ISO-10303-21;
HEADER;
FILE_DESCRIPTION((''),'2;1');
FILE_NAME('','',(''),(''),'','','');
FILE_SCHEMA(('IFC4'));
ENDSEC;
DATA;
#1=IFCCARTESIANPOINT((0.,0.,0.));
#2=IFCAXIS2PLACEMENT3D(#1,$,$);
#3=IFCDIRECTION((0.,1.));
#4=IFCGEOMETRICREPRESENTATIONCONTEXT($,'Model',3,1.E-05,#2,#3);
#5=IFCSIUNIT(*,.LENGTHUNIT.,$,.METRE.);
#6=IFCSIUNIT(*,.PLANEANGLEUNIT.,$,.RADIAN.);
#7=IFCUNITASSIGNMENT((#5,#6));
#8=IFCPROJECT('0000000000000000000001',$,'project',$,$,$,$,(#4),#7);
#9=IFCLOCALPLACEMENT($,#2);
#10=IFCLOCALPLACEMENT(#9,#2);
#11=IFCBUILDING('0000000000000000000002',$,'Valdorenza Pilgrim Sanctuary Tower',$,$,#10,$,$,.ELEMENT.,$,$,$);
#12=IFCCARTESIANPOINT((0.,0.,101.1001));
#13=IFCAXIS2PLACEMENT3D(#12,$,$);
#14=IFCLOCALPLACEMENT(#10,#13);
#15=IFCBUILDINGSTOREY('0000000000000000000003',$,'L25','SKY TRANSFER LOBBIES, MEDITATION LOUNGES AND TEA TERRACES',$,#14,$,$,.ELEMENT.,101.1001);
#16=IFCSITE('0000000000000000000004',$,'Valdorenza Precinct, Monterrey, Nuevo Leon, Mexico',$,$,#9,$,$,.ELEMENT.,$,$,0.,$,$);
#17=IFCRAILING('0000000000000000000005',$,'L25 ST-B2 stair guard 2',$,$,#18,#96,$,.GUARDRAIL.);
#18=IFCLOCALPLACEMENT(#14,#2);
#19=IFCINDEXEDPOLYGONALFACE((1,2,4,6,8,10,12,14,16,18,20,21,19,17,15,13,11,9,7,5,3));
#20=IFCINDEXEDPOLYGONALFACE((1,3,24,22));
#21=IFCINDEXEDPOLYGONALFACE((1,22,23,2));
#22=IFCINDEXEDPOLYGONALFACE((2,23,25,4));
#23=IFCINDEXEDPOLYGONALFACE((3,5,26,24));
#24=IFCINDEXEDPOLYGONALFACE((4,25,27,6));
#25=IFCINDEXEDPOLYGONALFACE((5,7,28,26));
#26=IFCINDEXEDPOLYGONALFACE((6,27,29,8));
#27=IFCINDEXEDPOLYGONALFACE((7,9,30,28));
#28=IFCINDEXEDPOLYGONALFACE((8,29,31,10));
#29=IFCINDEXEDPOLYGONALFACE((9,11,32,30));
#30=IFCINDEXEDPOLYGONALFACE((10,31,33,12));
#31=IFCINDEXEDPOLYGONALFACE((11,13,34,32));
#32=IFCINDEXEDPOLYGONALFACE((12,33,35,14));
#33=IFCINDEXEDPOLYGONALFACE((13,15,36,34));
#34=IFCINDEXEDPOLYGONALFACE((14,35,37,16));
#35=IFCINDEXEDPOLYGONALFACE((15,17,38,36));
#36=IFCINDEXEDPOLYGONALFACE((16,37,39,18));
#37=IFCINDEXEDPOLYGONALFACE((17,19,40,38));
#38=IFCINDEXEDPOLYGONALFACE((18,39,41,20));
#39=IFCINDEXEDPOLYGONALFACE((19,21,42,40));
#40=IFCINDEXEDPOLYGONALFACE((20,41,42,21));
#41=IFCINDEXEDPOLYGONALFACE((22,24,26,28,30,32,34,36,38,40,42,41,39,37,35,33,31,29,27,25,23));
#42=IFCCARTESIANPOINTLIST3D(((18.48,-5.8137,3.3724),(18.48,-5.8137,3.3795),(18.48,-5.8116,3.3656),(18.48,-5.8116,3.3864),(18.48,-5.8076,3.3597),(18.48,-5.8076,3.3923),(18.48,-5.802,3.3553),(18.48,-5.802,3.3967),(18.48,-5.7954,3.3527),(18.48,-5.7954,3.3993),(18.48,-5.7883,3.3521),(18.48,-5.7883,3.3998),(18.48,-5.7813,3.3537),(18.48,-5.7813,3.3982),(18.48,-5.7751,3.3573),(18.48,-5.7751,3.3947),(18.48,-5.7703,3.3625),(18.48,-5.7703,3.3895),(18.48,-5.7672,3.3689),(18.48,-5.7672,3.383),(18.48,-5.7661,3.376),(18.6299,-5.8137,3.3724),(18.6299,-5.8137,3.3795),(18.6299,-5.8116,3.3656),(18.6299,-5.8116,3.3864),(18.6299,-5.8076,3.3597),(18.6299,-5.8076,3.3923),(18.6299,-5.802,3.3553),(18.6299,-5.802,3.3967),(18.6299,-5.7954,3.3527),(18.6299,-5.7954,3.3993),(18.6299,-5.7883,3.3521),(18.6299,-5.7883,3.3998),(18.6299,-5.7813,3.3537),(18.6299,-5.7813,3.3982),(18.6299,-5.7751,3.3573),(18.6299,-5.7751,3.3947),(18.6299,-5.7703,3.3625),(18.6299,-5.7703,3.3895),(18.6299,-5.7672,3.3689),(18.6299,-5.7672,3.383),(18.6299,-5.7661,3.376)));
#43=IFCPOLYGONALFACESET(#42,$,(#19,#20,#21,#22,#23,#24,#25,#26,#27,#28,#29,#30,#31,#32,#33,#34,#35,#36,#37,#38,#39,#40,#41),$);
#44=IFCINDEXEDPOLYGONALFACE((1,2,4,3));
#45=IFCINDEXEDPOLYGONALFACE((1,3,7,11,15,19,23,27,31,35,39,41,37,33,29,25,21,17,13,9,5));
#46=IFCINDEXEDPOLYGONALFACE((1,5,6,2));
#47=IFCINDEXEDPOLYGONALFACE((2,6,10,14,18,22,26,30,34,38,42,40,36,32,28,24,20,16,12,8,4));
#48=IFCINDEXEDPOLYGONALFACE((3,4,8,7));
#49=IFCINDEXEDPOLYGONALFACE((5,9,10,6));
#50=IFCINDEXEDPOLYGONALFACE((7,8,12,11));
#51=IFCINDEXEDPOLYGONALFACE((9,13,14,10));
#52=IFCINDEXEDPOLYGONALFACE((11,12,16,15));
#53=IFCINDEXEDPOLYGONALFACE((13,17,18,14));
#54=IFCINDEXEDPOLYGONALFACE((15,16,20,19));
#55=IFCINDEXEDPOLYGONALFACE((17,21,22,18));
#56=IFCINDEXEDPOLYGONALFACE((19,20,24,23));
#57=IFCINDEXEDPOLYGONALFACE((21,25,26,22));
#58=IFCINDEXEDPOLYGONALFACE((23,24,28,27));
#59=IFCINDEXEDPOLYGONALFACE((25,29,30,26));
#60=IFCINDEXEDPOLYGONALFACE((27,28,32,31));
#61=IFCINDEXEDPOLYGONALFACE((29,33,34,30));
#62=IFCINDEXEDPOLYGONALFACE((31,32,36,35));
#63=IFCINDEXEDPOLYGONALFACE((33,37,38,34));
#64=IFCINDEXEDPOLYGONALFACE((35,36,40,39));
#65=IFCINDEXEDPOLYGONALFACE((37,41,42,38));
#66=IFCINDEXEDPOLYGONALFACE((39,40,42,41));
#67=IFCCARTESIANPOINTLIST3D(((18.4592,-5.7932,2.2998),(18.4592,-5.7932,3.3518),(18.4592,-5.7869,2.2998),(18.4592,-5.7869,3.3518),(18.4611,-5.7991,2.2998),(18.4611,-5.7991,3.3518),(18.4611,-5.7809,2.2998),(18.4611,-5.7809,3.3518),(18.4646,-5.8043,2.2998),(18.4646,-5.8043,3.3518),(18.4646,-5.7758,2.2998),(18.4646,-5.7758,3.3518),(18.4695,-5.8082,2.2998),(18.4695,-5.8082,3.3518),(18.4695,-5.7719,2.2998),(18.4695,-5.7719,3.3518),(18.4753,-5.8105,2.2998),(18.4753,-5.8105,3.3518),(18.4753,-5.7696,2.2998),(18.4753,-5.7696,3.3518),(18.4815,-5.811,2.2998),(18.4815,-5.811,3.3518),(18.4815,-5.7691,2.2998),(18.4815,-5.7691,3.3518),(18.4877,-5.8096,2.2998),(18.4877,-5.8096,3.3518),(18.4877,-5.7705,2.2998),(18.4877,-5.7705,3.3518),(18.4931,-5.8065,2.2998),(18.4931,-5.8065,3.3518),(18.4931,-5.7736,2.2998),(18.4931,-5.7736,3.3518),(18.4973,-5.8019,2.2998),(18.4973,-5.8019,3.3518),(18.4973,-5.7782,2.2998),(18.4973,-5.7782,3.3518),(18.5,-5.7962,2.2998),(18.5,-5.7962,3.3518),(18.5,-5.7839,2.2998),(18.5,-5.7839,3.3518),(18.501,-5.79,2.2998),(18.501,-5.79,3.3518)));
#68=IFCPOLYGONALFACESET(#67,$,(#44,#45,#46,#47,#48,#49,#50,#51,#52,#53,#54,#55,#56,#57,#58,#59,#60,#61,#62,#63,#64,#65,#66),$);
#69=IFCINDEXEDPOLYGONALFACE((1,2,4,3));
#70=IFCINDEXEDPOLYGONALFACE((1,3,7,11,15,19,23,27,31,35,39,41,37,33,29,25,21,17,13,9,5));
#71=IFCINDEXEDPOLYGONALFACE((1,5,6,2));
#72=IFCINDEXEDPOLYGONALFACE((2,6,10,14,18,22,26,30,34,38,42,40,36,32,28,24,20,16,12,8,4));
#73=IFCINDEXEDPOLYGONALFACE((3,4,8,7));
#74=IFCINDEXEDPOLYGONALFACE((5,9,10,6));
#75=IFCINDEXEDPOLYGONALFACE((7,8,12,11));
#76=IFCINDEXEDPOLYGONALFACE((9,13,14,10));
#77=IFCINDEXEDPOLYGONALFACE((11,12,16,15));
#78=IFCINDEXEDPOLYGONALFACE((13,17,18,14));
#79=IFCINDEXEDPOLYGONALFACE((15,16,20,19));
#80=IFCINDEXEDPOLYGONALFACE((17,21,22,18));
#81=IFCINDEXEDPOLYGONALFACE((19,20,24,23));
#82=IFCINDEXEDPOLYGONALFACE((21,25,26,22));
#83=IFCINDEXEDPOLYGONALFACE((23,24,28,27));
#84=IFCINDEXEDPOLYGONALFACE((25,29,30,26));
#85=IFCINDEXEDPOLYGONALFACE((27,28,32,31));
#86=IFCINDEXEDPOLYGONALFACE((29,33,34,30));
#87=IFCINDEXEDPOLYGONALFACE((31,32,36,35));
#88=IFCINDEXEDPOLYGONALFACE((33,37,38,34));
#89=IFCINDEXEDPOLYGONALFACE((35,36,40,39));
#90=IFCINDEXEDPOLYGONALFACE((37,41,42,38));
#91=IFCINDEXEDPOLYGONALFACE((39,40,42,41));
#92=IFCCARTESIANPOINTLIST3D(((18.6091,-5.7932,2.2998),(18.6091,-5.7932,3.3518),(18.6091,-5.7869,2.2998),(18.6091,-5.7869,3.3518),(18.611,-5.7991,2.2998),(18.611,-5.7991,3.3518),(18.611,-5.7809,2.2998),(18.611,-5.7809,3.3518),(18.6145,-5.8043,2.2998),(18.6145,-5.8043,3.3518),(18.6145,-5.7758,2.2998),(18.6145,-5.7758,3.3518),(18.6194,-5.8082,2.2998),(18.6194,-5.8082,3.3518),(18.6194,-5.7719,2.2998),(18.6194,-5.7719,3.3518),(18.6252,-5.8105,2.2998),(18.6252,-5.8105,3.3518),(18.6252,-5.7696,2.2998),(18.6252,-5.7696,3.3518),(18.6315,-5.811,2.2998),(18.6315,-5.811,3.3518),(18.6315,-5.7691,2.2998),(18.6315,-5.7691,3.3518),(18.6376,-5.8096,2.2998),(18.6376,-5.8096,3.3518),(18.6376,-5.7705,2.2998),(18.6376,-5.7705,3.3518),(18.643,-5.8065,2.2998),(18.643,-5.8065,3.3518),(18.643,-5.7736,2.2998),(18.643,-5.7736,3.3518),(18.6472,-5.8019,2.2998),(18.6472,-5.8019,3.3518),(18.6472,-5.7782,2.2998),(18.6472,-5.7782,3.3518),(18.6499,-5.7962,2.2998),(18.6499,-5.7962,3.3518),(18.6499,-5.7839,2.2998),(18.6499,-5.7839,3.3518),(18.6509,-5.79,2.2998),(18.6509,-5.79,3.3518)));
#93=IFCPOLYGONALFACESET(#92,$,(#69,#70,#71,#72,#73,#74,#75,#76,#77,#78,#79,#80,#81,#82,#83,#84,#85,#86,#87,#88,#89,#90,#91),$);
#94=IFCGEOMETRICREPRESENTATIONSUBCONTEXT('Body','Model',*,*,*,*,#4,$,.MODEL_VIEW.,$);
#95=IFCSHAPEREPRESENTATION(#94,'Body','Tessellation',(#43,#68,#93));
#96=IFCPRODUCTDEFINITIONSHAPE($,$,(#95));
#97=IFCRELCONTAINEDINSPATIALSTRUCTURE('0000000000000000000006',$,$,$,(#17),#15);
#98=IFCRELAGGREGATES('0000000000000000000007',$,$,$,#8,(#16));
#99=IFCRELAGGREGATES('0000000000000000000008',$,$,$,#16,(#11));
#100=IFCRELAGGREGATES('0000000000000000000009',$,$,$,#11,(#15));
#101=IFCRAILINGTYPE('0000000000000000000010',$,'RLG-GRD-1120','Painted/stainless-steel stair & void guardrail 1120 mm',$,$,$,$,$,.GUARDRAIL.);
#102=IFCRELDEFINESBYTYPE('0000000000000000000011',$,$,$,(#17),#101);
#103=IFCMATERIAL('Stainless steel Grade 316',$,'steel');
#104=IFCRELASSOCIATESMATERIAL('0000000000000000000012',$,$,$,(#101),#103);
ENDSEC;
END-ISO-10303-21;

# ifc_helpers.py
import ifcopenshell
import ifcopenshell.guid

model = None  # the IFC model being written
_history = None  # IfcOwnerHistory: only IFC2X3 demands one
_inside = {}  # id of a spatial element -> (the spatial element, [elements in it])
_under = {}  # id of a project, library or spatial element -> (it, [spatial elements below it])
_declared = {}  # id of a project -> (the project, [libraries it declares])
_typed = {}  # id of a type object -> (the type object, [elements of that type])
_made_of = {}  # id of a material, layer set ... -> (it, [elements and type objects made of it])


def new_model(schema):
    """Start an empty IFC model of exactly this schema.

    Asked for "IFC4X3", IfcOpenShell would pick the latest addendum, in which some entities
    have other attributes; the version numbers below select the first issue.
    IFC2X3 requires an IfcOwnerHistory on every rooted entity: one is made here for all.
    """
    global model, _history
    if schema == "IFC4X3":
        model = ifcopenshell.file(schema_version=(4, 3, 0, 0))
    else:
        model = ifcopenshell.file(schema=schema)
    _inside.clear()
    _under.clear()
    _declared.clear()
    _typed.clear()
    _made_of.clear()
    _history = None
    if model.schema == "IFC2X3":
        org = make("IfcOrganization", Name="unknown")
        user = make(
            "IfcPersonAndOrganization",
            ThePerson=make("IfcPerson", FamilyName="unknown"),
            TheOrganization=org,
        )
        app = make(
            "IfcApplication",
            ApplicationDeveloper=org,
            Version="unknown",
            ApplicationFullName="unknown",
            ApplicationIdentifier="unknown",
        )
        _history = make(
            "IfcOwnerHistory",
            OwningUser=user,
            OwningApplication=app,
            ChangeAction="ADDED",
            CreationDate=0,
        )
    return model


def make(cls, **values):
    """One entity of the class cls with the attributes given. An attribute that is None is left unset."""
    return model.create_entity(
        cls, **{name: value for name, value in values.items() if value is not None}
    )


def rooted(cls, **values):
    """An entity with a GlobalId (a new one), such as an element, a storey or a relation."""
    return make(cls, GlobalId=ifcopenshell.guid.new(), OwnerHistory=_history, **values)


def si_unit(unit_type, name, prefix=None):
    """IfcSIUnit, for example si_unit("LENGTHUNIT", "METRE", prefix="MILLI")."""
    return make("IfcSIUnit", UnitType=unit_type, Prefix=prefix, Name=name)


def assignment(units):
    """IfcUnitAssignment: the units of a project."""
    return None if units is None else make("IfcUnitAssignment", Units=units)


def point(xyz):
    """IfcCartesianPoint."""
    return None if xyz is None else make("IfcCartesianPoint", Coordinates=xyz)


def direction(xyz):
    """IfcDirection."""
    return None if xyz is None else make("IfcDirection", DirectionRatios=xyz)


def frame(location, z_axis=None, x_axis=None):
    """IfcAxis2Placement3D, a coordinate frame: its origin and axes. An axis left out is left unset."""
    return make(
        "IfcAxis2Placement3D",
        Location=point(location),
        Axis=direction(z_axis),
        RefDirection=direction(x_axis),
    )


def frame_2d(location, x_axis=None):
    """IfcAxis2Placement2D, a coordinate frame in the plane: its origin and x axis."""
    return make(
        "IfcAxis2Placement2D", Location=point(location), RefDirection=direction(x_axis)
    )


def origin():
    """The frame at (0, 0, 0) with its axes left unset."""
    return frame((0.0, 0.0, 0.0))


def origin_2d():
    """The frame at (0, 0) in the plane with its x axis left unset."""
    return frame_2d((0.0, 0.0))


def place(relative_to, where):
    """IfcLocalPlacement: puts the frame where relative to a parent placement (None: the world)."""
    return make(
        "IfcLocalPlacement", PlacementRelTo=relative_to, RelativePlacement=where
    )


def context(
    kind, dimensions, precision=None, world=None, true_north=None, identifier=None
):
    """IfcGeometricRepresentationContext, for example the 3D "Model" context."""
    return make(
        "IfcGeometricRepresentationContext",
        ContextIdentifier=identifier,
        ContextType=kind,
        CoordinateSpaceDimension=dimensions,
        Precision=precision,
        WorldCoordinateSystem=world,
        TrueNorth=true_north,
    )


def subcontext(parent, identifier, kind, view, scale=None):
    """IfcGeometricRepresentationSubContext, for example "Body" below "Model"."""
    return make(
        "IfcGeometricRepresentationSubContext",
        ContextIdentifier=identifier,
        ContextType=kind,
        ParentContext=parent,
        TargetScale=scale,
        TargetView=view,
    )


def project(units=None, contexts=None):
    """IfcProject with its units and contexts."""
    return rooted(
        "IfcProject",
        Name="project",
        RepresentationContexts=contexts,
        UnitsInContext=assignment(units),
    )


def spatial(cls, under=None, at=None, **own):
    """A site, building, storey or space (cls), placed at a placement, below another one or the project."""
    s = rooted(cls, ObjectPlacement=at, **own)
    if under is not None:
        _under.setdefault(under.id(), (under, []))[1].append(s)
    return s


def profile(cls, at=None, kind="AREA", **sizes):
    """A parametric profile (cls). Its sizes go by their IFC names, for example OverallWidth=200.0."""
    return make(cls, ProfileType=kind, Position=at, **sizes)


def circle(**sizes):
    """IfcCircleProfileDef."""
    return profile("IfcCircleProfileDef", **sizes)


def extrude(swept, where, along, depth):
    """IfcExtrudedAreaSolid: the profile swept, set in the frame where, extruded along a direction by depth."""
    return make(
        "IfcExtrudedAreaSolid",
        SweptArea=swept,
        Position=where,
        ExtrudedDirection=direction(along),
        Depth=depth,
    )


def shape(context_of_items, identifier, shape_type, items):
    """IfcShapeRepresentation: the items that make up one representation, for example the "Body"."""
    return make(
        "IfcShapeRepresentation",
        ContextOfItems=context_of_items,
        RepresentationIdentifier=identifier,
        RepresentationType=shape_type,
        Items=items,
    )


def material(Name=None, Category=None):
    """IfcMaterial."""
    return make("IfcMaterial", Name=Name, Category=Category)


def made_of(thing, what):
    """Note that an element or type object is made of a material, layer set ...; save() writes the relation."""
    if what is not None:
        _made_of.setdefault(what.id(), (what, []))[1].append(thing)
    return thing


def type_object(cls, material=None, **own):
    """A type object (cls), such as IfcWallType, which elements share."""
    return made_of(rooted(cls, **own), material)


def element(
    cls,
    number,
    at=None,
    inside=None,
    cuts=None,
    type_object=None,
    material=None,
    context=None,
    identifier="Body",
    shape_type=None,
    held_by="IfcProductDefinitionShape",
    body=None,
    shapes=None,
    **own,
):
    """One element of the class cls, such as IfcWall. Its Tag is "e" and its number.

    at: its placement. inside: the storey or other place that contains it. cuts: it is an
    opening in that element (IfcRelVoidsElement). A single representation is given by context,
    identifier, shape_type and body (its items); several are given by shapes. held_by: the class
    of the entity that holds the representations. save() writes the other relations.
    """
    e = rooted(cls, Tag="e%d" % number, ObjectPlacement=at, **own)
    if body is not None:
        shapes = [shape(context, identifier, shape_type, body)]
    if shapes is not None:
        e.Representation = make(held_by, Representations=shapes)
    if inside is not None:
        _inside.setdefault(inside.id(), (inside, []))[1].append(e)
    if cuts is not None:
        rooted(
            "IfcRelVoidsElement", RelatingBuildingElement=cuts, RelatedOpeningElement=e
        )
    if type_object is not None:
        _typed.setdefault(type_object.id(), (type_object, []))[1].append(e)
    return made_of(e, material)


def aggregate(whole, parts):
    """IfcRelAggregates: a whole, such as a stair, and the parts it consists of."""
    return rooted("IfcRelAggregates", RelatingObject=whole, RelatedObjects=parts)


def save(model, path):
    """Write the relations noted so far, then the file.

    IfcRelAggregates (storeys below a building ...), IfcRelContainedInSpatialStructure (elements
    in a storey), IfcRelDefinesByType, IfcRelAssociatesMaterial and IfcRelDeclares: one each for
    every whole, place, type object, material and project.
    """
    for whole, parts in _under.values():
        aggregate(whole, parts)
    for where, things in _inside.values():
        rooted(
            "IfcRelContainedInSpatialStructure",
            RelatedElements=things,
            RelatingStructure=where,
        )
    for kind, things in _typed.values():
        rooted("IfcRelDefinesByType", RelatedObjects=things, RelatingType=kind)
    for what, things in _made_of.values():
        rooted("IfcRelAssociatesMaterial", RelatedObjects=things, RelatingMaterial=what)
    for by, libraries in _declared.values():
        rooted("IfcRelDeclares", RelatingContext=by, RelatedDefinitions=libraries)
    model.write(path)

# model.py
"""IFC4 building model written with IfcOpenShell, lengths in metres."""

from ifc_helpers import new_model, si_unit, direction, frame, origin, origin_2d, place, context, subcontext, project, spatial, circle, extrude, material, type_object, element, save


model = new_model("IFC4")

# Units and contexts
model_context = context("Model", 3, precision=1e-05, world=origin(), true_north=direction((0.0, 1.0)))
body_context = subcontext(model_context, "Body", "Model", "MODEL_VIEW")
ifc_project = project(units=[si_unit("LENGTHUNIT", "METRE"), si_unit("PLANEANGLEUNIT", "RADIAN")], contexts=[model_context])

# Site, building, storey
site_placement = place(None, origin())
site = spatial("IfcSite", under=ifc_project, at=site_placement, Name="Valdorenza Precinct, Monterrey, Nuevo Leon, Mexico", CompositionType="ELEMENT", RefElevation=0.0)
building_placement = place(site_placement, origin())
building = spatial("IfcBuilding", under=site, at=building_placement, Name="Valdorenza Pilgrim Sanctuary Tower", CompositionType="ELEMENT")
storey_placement = place(building_placement, frame((0.0, 0.0, 101.1001)))
storey = spatial("IfcBuildingStorey", under=building, at=storey_placement, Name="L25", Description="SKY TRANSFER LOBBIES, MEDITATION LOUNGES AND TEA TERRACES", CompositionType="ELEMENT", Elevation=101.1001)

# Railing
ifc_material_1 = material(Name="Stainless steel Grade 316", Category="steel")
railing_type_1 = type_object("IfcRailingType", Name="RLG-GRD-1120", Description="Painted/stainless-steel stair & void guardrail 1120 mm", PredefinedType="GUARDRAIL", material=ifc_material_1)
railing_1_placement = place(storey_placement, frame((18.48, -5.79, 2.2998)))
element("IfcRailing", 1, at=railing_1_placement, inside=storey, type_object=railing_type_1, Name="L25 ST-B2 stair guard 2", PredefinedType="GUARDRAIL", context=body_context, shape_type="SweptSolid", body=[
    extrude(circle(Radius=0.0239, at=origin_2d()), frame((0.0, 0.0, 1.0762), z_axis=(1.0, 0.0, 0.0), x_axis=(0.0, 1.0, 0.0)), (0.0, 0.0, 1.0), 0.1499),
    extrude(circle(Radius=0.021, at=origin_2d()), origin(), (0.0, 0.0, 1.0), 1.052),
    extrude(circle(Radius=0.021, at=origin_2d()), frame((0.1499, 0.0, 0.0)), (0.0, 0.0, 1.0), 1.052),
])

save(model, "model.ifc")
